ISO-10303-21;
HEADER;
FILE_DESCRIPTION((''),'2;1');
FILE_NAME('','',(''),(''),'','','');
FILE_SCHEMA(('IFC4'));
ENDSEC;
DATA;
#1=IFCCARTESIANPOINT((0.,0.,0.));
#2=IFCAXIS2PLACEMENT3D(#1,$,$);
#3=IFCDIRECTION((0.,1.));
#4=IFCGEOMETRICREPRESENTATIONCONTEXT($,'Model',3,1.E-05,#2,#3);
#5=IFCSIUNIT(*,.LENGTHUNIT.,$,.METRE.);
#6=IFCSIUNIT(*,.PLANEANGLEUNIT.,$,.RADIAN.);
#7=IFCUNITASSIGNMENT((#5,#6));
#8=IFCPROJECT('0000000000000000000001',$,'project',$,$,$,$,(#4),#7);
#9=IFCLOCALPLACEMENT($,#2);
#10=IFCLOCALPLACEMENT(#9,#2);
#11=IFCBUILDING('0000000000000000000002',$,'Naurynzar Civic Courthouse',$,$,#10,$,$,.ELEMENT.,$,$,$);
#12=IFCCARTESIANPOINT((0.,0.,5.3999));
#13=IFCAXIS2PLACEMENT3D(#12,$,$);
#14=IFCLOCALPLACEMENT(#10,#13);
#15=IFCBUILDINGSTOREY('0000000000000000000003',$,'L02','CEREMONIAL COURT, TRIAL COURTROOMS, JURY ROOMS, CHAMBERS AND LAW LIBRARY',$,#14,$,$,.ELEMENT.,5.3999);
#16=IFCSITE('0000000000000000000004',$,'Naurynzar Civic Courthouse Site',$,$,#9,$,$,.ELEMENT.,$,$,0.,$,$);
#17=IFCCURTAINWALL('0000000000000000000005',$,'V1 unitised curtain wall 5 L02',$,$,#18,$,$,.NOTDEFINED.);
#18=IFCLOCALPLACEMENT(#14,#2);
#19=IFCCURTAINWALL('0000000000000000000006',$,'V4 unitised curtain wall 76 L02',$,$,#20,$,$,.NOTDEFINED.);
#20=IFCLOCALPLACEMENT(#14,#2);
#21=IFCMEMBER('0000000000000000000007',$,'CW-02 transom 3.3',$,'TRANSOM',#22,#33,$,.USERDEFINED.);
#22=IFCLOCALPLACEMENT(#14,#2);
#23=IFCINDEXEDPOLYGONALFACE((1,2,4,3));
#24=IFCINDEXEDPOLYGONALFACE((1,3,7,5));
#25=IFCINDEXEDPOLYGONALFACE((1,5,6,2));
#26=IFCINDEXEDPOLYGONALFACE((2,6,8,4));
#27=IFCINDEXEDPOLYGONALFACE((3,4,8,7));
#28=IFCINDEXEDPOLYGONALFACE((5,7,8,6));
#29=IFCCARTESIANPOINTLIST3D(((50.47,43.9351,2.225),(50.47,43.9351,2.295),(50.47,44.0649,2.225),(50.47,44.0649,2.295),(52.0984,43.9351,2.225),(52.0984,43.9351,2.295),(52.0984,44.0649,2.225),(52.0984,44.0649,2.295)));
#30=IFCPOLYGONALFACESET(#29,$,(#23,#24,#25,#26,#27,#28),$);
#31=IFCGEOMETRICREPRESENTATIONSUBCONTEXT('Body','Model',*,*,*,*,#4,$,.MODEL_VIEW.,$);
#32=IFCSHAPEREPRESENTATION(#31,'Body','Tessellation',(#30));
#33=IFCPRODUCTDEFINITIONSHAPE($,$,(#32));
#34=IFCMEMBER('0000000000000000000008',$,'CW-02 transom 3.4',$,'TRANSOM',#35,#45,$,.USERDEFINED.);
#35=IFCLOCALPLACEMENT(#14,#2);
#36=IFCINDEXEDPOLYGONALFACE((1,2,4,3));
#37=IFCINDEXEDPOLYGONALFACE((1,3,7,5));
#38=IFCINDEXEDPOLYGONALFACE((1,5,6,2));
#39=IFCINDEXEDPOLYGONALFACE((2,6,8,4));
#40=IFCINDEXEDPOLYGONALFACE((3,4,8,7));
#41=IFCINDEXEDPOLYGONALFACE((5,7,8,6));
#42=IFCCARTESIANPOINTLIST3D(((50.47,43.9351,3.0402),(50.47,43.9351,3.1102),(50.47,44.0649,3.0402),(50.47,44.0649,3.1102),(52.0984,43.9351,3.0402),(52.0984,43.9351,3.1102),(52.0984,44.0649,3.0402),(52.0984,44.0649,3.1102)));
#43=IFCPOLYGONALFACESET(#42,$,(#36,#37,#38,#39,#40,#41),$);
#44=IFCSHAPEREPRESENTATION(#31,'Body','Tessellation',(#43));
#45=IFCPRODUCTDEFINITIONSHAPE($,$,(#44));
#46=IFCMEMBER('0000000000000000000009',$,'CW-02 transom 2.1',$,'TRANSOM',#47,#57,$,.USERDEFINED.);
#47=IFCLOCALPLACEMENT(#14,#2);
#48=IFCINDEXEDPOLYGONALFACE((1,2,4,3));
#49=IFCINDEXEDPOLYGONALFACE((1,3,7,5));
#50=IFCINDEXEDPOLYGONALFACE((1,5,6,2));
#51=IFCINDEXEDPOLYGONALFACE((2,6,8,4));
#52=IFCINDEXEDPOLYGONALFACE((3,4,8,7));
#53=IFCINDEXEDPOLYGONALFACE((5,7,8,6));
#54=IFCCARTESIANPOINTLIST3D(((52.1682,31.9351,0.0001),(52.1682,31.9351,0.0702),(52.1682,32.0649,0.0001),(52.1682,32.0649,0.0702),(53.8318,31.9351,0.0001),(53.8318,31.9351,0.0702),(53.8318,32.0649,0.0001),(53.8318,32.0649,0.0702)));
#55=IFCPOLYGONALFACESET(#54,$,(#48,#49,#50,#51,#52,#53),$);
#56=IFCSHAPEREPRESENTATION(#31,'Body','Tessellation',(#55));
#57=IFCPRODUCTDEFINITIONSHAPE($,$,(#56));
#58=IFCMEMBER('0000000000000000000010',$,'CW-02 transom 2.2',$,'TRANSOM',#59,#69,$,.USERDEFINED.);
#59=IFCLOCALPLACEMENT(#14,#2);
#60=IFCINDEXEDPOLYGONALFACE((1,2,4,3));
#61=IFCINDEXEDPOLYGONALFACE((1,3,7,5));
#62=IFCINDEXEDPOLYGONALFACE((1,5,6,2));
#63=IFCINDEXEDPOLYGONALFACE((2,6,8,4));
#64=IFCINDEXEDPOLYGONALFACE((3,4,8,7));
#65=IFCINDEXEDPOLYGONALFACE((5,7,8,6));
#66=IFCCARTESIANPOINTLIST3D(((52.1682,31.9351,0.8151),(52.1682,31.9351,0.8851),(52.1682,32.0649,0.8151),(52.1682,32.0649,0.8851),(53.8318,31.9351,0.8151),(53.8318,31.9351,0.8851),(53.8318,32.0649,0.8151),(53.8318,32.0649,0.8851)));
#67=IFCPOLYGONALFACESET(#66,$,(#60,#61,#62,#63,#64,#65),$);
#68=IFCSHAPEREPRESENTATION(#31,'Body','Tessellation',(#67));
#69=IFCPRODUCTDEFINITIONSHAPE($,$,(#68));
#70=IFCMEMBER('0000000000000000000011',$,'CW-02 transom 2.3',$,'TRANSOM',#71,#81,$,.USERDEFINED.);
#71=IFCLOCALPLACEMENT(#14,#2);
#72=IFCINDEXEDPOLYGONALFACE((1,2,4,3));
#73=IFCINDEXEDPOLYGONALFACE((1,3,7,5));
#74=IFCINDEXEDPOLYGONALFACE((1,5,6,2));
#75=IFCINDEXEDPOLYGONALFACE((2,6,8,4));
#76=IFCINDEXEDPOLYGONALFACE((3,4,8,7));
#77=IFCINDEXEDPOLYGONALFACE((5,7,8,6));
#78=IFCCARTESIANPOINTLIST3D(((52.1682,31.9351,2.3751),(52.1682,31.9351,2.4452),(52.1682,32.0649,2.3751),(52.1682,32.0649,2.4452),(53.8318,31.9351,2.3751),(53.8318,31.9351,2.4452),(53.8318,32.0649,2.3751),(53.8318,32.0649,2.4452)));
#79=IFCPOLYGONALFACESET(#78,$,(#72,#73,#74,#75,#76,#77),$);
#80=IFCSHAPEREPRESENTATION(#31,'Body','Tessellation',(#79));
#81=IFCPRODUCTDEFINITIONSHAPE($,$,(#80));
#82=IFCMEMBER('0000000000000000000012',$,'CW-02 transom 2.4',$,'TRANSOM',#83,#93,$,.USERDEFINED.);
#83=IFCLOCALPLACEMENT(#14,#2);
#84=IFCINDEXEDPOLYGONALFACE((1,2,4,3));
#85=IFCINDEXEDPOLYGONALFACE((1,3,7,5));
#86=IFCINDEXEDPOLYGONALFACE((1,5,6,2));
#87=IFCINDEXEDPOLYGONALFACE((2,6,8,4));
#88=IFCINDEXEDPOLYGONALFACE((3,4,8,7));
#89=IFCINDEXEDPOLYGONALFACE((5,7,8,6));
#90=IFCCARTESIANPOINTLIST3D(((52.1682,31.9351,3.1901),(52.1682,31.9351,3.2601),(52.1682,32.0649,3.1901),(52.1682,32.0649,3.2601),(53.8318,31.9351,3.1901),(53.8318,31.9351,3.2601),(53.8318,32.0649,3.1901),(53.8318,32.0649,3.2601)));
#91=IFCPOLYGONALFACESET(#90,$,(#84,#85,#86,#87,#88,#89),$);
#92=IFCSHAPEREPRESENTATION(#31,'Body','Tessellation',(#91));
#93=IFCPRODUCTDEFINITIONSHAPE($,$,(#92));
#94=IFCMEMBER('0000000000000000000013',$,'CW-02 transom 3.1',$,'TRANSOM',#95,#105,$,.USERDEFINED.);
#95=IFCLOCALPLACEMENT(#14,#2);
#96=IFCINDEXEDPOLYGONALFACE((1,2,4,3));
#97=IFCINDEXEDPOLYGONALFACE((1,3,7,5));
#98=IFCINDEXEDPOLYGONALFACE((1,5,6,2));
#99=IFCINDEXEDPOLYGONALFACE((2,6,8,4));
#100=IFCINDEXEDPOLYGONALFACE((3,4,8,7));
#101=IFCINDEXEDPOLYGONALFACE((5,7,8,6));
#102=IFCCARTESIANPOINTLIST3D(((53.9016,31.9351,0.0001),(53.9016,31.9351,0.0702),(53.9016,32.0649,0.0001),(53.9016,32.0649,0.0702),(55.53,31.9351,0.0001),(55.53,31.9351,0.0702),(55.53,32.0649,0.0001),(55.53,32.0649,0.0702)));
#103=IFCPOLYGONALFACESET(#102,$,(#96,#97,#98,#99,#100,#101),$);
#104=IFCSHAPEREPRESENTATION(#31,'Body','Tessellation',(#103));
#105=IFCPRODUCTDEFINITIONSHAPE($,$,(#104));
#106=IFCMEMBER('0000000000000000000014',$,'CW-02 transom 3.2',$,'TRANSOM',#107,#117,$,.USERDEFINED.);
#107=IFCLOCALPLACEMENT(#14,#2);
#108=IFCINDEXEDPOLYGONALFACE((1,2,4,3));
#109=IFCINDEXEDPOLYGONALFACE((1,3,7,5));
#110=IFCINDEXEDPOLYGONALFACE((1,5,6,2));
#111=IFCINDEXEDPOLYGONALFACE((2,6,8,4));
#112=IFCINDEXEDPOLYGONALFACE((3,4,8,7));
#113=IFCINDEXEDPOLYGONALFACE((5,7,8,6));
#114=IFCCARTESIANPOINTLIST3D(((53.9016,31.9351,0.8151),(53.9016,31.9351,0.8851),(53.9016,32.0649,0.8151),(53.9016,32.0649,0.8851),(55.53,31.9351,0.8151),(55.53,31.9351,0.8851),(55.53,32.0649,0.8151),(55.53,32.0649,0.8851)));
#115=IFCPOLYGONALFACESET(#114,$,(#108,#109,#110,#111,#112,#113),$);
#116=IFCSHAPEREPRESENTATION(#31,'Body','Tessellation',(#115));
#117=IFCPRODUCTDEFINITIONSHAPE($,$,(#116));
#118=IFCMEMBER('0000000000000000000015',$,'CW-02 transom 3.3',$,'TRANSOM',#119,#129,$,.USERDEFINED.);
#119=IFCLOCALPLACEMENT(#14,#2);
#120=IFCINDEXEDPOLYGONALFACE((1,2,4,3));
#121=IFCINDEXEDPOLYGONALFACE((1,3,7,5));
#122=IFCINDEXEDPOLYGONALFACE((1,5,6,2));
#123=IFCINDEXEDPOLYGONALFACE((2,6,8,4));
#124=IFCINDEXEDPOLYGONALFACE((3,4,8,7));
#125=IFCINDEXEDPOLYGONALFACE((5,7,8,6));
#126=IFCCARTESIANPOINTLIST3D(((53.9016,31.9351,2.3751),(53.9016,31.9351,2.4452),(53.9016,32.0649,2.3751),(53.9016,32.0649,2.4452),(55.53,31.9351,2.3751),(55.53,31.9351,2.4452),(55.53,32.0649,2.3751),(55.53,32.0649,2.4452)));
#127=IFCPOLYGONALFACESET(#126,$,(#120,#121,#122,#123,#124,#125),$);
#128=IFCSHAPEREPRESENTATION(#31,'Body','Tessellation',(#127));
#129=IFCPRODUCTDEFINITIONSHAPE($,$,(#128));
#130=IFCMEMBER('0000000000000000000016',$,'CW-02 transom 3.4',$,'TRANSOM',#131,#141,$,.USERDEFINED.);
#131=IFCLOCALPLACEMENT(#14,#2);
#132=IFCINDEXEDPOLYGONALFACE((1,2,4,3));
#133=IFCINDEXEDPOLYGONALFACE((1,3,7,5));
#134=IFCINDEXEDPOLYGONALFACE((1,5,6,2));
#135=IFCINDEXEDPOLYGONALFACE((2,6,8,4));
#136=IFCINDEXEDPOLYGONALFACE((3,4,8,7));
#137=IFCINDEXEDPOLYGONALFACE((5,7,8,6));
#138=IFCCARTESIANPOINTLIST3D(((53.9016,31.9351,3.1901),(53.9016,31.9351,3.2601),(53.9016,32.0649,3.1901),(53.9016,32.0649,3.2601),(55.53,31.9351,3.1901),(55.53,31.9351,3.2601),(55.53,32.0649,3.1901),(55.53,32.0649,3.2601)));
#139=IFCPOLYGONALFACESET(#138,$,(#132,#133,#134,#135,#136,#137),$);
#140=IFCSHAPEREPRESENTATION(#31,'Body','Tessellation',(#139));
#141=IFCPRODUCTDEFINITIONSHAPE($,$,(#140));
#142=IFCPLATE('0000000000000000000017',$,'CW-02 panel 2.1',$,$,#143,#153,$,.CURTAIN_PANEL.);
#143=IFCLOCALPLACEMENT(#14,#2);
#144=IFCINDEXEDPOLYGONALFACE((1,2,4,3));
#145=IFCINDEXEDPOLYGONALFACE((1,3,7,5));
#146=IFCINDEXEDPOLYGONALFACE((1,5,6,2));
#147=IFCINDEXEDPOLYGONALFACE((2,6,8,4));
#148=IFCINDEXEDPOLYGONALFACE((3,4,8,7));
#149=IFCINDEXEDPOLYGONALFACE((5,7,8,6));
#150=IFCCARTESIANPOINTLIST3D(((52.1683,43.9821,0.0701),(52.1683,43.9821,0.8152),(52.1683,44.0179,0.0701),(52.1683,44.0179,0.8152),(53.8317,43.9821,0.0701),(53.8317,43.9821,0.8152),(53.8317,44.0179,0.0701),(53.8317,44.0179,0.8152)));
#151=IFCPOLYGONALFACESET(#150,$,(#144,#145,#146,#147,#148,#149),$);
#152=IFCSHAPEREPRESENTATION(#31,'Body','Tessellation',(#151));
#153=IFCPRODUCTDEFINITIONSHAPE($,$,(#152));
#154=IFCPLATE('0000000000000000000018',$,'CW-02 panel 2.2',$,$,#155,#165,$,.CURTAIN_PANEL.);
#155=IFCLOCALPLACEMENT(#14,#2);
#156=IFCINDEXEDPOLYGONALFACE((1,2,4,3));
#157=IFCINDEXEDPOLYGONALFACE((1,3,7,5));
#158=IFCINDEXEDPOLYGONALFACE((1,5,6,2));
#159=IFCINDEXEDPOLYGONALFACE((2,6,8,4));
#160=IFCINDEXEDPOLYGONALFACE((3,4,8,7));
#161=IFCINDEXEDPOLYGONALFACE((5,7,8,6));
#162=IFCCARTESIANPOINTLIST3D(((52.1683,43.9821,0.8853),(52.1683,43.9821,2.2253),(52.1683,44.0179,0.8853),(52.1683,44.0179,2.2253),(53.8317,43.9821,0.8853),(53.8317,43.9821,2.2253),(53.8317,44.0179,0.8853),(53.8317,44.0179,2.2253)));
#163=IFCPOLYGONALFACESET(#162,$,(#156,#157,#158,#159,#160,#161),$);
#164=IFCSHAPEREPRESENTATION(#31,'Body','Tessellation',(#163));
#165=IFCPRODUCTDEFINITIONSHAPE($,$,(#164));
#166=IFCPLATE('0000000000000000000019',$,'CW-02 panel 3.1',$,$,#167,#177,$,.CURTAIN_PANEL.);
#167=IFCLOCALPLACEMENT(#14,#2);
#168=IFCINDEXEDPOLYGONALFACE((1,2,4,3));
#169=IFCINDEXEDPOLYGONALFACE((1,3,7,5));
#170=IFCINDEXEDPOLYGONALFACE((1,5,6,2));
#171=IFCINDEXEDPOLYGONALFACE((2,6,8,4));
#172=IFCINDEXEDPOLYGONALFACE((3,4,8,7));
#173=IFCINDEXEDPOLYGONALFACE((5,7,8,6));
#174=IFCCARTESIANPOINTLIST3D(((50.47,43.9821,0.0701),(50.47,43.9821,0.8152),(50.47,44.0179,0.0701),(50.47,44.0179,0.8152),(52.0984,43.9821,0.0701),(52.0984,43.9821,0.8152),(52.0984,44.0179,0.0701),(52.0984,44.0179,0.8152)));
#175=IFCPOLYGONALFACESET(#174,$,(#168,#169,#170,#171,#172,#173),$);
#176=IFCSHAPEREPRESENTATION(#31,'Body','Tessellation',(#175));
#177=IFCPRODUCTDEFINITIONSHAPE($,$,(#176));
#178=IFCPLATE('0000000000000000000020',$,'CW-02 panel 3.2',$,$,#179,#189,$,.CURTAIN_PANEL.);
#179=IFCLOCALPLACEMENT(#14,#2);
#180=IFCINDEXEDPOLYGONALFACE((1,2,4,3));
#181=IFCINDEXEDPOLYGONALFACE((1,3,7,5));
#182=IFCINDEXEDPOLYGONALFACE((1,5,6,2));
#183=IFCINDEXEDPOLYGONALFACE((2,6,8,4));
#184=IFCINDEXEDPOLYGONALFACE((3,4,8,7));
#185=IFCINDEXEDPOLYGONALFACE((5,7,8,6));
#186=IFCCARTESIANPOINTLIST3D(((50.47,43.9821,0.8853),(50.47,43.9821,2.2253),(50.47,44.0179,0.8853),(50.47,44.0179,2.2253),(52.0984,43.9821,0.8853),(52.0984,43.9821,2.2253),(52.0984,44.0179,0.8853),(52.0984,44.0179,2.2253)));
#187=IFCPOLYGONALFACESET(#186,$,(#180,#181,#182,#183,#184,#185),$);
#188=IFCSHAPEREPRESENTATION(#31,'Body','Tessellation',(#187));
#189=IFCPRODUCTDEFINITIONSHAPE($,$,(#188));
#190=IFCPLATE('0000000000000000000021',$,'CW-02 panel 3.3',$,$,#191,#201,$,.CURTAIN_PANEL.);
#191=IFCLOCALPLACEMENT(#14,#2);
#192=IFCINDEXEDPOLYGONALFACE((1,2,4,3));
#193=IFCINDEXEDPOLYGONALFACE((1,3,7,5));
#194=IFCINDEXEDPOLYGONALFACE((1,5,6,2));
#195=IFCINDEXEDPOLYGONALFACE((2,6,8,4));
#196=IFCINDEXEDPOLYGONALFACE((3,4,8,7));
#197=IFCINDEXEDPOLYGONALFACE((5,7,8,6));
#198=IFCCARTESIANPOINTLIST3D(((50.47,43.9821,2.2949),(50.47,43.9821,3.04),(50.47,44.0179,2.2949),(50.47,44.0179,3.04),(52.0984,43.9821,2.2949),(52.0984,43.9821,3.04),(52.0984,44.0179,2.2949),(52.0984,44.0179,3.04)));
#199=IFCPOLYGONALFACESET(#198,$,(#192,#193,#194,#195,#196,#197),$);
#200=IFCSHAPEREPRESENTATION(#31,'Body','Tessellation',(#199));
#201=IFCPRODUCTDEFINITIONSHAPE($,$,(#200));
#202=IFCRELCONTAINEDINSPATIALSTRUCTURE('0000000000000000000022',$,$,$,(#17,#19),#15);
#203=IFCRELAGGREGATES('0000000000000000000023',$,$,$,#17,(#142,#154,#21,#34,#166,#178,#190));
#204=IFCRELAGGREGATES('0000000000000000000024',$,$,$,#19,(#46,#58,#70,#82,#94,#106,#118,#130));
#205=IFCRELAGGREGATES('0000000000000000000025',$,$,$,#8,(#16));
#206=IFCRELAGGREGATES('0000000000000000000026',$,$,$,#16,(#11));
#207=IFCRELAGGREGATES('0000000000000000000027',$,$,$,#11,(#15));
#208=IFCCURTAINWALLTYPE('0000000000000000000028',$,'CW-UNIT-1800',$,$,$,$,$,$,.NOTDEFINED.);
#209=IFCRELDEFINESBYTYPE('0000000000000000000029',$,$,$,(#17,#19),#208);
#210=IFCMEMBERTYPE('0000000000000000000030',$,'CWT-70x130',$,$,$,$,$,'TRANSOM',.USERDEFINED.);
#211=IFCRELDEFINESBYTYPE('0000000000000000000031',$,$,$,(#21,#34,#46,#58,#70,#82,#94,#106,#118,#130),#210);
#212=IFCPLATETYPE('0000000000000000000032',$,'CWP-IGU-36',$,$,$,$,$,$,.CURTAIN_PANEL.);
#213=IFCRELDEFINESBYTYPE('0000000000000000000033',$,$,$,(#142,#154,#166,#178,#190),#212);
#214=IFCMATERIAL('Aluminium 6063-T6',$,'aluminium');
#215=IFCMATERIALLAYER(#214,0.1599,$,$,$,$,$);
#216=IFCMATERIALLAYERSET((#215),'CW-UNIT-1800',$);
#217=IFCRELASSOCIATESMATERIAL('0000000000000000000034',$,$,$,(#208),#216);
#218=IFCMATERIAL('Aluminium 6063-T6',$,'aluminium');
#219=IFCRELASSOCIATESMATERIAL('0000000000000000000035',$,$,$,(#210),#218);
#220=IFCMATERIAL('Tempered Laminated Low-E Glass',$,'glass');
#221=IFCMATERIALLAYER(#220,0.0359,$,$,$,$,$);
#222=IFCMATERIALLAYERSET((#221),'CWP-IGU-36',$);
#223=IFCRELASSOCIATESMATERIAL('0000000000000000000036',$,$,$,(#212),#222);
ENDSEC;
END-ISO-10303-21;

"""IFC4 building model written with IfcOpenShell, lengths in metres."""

from ifc_helpers import new_model, si_unit, direction, frame, origin, origin_2d, place, context, subcontext, project, spatial, rectangle, extrude, material, layer, layer_set, material_profile, profile_set, type_object, element, aggregate, save


model = new_model("IFC4")

# Units and contexts
model_context = context("Model", 3, precision=1e-05, world=origin(), true_north=direction((0.0, 1.0)))
body_context = subcontext(model_context, "Body", "Model", "MODEL_VIEW")
ifc_project = project(units=[si_unit("LENGTHUNIT", "METRE"), si_unit("PLANEANGLEUNIT", "RADIAN")], contexts=[model_context])

# Site, building, storey
site_placement = place(None, origin())
site = spatial("IfcSite", under=ifc_project, at=site_placement, Name="Naurynzar Civic Courthouse Site", CompositionType="ELEMENT", RefElevation=0.0)
building_placement = place(site_placement, origin())
building = spatial("IfcBuilding", under=site, at=building_placement, Name="Naurynzar Civic Courthouse", CompositionType="ELEMENT")
storey_placement = place(building_placement, frame((0.0, 0.0, 5.3999)))
storey = spatial("IfcBuildingStorey", under=building, at=storey_placement, Name="L02", Description="CEREMONIAL COURT, TRIAL COURTROOMS, JURY ROOMS, CHAMBERS AND LAW LIBRARY", CompositionType="ELEMENT", Elevation=5.3999)

# Curtain walls
ifc_material_1 = material(Name="Aluminium 6063-T6", Category="aluminium")
ifc_layer_1 = layer(ifc_material_1, 0.1599)
ifc_layer_set_1 = layer_set([ifc_layer_1], Name="CW-UNIT-1800")
curtain_wall_type_1 = type_object("IfcCurtainWallType", Name="CW-UNIT-1800", PredefinedType="NOTDEFINED", material=ifc_layer_set_1)
curtain_wall_1_placement = place(storey_placement, origin())
curtain_wall_1 = element("IfcCurtainWall", 1, at=curtain_wall_1_placement, inside=storey, type_object=curtain_wall_type_1, Name="V1 unitised curtain wall 5 L02", PredefinedType="NOTDEFINED")
curtain_wall_2_placement = place(storey_placement, origin())
curtain_wall_2 = element("IfcCurtainWall", 2, at=curtain_wall_2_placement, inside=storey, type_object=curtain_wall_type_1, Name="V4 unitised curtain wall 76 L02", PredefinedType="NOTDEFINED")

# Members
ifc_material_2 = material(Name="Aluminium 6063-T6", Category="aluminium")
ifc_material_profile_1 = material_profile(ifc_material_2, rectangle(XDim=0.1299, YDim=0.0701, at=origin_2d()), Name="ALU TRANSOM 70x130")
ifc_profile_set_1 = profile_set([ifc_material_profile_1], Name="Aluminium 6063-T6")
member_type_1 = type_object("IfcMemberType", Name="CWT-70x130", ElementType="TRANSOM", PredefinedType="USERDEFINED", material=ifc_profile_set_1)
member_1_placement = place(storey_placement, frame((52.0984, 44.0, 2.26), z_axis=(-1.0, 0.0, 0.0), x_axis=(0.0, -1.0, 0.0)))
member_1 = element("IfcMember", 3, at=member_1_placement, type_object=member_type_1, Name="CW-02 transom 3.3", ObjectType="TRANSOM", PredefinedType="USERDEFINED", context=body_context, shape_type="SweptSolid", body=[
    extrude(rectangle(XDim=0.1299, YDim=0.0701, at=origin_2d()), origin(), (0.0, 0.0, 1.0), 1.6284),
])
member_2_placement = place(storey_placement, frame((52.0984, 44.0, 3.0752), z_axis=(-1.0, 0.0, 0.0), x_axis=(0.0, -1.0, 0.0)))
member_2 = element("IfcMember", 4, at=member_2_placement, type_object=member_type_1, Name="CW-02 transom 3.4", ObjectType="TRANSOM", PredefinedType="USERDEFINED", context=body_context, shape_type="SweptSolid", body=[
    extrude(rectangle(XDim=0.1299, YDim=0.0701, at=origin_2d()), origin(), (0.0, 0.0, 1.0), 1.6284),
])
member_3_placement = place(storey_placement, frame((52.1682, 32.0, 0.0352), z_axis=(1.0, 0.0, 0.0), x_axis=(0.0, 1.0, 0.0)))
member_3 = element("IfcMember", 5, at=member_3_placement, type_object=member_type_1, Name="CW-02 transom 2.1", ObjectType="TRANSOM", PredefinedType="USERDEFINED", context=body_context, shape_type="SweptSolid", body=[
    extrude(rectangle(XDim=0.1299, YDim=0.0701, at=origin_2d()), origin(), (0.0, 0.0, 1.0), 1.6636),
])
member_4_placement = place(storey_placement, frame((52.1682, 32.0, 0.8501), z_axis=(1.0, 0.0, 0.0), x_axis=(0.0, 1.0, 0.0)))
member_4 = element("IfcMember", 6, at=member_4_placement, type_object=member_type_1, Name="CW-02 transom 2.2", ObjectType="TRANSOM", PredefinedType="USERDEFINED", context=body_context, shape_type="SweptSolid", body=[
    extrude(rectangle(XDim=0.1299, YDim=0.0701, at=origin_2d()), origin(), (0.0, 0.0, 1.0), 1.6636),
])
member_5_placement = place(storey_placement, frame((52.1682, 32.0, 2.4102), z_axis=(1.0, 0.0, 0.0), x_axis=(0.0, 1.0, 0.0)))
member_5 = element("IfcMember", 7, at=member_5_placement, type_object=member_type_1, Name="CW-02 transom 2.3", ObjectType="TRANSOM", PredefinedType="USERDEFINED", context=body_context, shape_type="SweptSolid", body=[
    extrude(rectangle(XDim=0.1299, YDim=0.0701, at=origin_2d()), origin(), (0.0, 0.0, 1.0), 1.6636),
])
member_6_placement = place(storey_placement, frame((52.1682, 32.0, 3.2251), z_axis=(1.0, 0.0, 0.0), x_axis=(0.0, 1.0, 0.0)))
member_6 = element("IfcMember", 8, at=member_6_placement, type_object=member_type_1, Name="CW-02 transom 2.4", ObjectType="TRANSOM", PredefinedType="USERDEFINED", context=body_context, shape_type="SweptSolid", body=[
    extrude(rectangle(XDim=0.1299, YDim=0.0701, at=origin_2d()), origin(), (0.0, 0.0, 1.0), 1.6636),
])
member_7_placement = place(storey_placement, frame((53.9016, 32.0, 0.0352), z_axis=(1.0, 0.0, 0.0), x_axis=(0.0, 1.0, 0.0)))
member_7 = element("IfcMember", 9, at=member_7_placement, type_object=member_type_1, Name="CW-02 transom 3.1", ObjectType="TRANSOM", PredefinedType="USERDEFINED", context=body_context, shape_type="SweptSolid", body=[
    extrude(rectangle(XDim=0.1299, YDim=0.0701, at=origin_2d()), origin(), (0.0, 0.0, 1.0), 1.6284),
])
member_8_placement = place(storey_placement, frame((53.9016, 32.0, 0.8501), z_axis=(1.0, 0.0, 0.0), x_axis=(0.0, 1.0, 0.0)))
member_8 = element("IfcMember", 10, at=member_8_placement, type_object=member_type_1, Name="CW-02 transom 3.2", ObjectType="TRANSOM", PredefinedType="USERDEFINED", context=body_context, shape_type="SweptSolid", body=[
    extrude(rectangle(XDim=0.1299, YDim=0.0701, at=origin_2d()), origin(), (0.0, 0.0, 1.0), 1.6284),
])
member_9_placement = place(storey_placement, frame((53.9016, 32.0, 2.4102), z_axis=(1.0, 0.0, 0.0), x_axis=(0.0, 1.0, 0.0)))
member_9 = element("IfcMember", 11, at=member_9_placement, type_object=member_type_1, Name="CW-02 transom 3.3", ObjectType="TRANSOM", PredefinedType="USERDEFINED", context=body_context, shape_type="SweptSolid", body=[
    extrude(rectangle(XDim=0.1299, YDim=0.0701, at=origin_2d()), origin(), (0.0, 0.0, 1.0), 1.6284),
])
member_10_placement = place(storey_placement, frame((53.9016, 32.0, 3.2251), z_axis=(1.0, 0.0, 0.0), x_axis=(0.0, 1.0, 0.0)))
member_10 = element("IfcMember", 12, at=member_10_placement, type_object=member_type_1, Name="CW-02 transom 3.4", ObjectType="TRANSOM", PredefinedType="USERDEFINED", context=body_context, shape_type="SweptSolid", body=[
    extrude(rectangle(XDim=0.1299, YDim=0.0701, at=origin_2d()), origin(), (0.0, 0.0, 1.0), 1.6284),
])

# Plates
ifc_material_3 = material(Name="Tempered Laminated Low-E Glass", Category="glass")
ifc_layer_2 = layer(ifc_material_3, 0.0359)
ifc_layer_set_2 = layer_set([ifc_layer_2], Name="CWP-IGU-36")
plate_type = type_object("IfcPlateType", Name="CWP-IGU-36", PredefinedType="CURTAIN_PANEL", material=ifc_layer_set_2)
plate_1_placement = place(storey_placement, frame((53.0, 44.0, 0.0701), z_axis=(0.0, 0.0, 1.0), x_axis=(-1.0, 0.0, 0.0)))
plate_1 = element("IfcPlate", 13, at=plate_1_placement, type_object=plate_type, Name="CW-02 panel 2.1", PredefinedType="CURTAIN_PANEL", context=body_context, shape_type="SweptSolid", body=[
    extrude(rectangle(XDim=1.6633, YDim=0.0359, at=origin_2d()), origin(), (0.0, 0.0, 1.0), 0.7451),
])
plate_2_placement = place(storey_placement, frame((53.0, 44.0, 0.8853), z_axis=(0.0, 0.0, 1.0), x_axis=(-1.0, 0.0, 0.0)))
plate_2 = element("IfcPlate", 14, at=plate_2_placement, type_object=plate_type, Name="CW-02 panel 2.2", PredefinedType="CURTAIN_PANEL", context=body_context, shape_type="SweptSolid", body=[
    extrude(rectangle(XDim=1.6633, YDim=0.0359, at=origin_2d()), origin(), (0.0, 0.0, 1.0), 1.3401),
])
plate_3_placement = place(storey_placement, frame((51.2842, 44.0, 0.0701), z_axis=(0.0, 0.0, 1.0), x_axis=(-1.0, 0.0, 0.0)))
plate_3 = element("IfcPlate", 15, at=plate_3_placement, type_object=plate_type, Name="CW-02 panel 3.1", PredefinedType="CURTAIN_PANEL", context=body_context, shape_type="SweptSolid", body=[
    extrude(rectangle(XDim=1.6284, YDim=0.0359, at=origin_2d()), origin(), (0.0, 0.0, 1.0), 0.7451),
])
plate_4_placement = place(storey_placement, frame((51.2842, 44.0, 0.8853), z_axis=(0.0, 0.0, 1.0), x_axis=(-1.0, 0.0, 0.0)))
plate_4 = element("IfcPlate", 16, at=plate_4_placement, type_object=plate_type, Name="CW-02 panel 3.2", PredefinedType="CURTAIN_PANEL", context=body_context, shape_type="SweptSolid", body=[
    extrude(rectangle(XDim=1.6284, YDim=0.0359, at=origin_2d()), origin(), (0.0, 0.0, 1.0), 1.3401),
])
plate_5_placement = place(storey_placement, frame((51.2842, 44.0, 2.2949), z_axis=(0.0, 0.0, 1.0), x_axis=(-1.0, 0.0, 0.0)))
plate_5 = element("IfcPlate", 17, at=plate_5_placement, type_object=plate_type, Name="CW-02 panel 3.3", PredefinedType="CURTAIN_PANEL", context=body_context, shape_type="SweptSolid", body=[
    extrude(rectangle(XDim=1.6284, YDim=0.0359, at=origin_2d()), origin(), (0.0, 0.0, 1.0), 0.7451),
])
aggregate(curtain_wall_1, [plate_1, plate_2, member_1, member_2, plate_3, plate_4, plate_5])
aggregate(curtain_wall_2, [member_3, member_4, member_5, member_6, member_7, member_8, member_9, member_10])

save(model, "model.ifc")
